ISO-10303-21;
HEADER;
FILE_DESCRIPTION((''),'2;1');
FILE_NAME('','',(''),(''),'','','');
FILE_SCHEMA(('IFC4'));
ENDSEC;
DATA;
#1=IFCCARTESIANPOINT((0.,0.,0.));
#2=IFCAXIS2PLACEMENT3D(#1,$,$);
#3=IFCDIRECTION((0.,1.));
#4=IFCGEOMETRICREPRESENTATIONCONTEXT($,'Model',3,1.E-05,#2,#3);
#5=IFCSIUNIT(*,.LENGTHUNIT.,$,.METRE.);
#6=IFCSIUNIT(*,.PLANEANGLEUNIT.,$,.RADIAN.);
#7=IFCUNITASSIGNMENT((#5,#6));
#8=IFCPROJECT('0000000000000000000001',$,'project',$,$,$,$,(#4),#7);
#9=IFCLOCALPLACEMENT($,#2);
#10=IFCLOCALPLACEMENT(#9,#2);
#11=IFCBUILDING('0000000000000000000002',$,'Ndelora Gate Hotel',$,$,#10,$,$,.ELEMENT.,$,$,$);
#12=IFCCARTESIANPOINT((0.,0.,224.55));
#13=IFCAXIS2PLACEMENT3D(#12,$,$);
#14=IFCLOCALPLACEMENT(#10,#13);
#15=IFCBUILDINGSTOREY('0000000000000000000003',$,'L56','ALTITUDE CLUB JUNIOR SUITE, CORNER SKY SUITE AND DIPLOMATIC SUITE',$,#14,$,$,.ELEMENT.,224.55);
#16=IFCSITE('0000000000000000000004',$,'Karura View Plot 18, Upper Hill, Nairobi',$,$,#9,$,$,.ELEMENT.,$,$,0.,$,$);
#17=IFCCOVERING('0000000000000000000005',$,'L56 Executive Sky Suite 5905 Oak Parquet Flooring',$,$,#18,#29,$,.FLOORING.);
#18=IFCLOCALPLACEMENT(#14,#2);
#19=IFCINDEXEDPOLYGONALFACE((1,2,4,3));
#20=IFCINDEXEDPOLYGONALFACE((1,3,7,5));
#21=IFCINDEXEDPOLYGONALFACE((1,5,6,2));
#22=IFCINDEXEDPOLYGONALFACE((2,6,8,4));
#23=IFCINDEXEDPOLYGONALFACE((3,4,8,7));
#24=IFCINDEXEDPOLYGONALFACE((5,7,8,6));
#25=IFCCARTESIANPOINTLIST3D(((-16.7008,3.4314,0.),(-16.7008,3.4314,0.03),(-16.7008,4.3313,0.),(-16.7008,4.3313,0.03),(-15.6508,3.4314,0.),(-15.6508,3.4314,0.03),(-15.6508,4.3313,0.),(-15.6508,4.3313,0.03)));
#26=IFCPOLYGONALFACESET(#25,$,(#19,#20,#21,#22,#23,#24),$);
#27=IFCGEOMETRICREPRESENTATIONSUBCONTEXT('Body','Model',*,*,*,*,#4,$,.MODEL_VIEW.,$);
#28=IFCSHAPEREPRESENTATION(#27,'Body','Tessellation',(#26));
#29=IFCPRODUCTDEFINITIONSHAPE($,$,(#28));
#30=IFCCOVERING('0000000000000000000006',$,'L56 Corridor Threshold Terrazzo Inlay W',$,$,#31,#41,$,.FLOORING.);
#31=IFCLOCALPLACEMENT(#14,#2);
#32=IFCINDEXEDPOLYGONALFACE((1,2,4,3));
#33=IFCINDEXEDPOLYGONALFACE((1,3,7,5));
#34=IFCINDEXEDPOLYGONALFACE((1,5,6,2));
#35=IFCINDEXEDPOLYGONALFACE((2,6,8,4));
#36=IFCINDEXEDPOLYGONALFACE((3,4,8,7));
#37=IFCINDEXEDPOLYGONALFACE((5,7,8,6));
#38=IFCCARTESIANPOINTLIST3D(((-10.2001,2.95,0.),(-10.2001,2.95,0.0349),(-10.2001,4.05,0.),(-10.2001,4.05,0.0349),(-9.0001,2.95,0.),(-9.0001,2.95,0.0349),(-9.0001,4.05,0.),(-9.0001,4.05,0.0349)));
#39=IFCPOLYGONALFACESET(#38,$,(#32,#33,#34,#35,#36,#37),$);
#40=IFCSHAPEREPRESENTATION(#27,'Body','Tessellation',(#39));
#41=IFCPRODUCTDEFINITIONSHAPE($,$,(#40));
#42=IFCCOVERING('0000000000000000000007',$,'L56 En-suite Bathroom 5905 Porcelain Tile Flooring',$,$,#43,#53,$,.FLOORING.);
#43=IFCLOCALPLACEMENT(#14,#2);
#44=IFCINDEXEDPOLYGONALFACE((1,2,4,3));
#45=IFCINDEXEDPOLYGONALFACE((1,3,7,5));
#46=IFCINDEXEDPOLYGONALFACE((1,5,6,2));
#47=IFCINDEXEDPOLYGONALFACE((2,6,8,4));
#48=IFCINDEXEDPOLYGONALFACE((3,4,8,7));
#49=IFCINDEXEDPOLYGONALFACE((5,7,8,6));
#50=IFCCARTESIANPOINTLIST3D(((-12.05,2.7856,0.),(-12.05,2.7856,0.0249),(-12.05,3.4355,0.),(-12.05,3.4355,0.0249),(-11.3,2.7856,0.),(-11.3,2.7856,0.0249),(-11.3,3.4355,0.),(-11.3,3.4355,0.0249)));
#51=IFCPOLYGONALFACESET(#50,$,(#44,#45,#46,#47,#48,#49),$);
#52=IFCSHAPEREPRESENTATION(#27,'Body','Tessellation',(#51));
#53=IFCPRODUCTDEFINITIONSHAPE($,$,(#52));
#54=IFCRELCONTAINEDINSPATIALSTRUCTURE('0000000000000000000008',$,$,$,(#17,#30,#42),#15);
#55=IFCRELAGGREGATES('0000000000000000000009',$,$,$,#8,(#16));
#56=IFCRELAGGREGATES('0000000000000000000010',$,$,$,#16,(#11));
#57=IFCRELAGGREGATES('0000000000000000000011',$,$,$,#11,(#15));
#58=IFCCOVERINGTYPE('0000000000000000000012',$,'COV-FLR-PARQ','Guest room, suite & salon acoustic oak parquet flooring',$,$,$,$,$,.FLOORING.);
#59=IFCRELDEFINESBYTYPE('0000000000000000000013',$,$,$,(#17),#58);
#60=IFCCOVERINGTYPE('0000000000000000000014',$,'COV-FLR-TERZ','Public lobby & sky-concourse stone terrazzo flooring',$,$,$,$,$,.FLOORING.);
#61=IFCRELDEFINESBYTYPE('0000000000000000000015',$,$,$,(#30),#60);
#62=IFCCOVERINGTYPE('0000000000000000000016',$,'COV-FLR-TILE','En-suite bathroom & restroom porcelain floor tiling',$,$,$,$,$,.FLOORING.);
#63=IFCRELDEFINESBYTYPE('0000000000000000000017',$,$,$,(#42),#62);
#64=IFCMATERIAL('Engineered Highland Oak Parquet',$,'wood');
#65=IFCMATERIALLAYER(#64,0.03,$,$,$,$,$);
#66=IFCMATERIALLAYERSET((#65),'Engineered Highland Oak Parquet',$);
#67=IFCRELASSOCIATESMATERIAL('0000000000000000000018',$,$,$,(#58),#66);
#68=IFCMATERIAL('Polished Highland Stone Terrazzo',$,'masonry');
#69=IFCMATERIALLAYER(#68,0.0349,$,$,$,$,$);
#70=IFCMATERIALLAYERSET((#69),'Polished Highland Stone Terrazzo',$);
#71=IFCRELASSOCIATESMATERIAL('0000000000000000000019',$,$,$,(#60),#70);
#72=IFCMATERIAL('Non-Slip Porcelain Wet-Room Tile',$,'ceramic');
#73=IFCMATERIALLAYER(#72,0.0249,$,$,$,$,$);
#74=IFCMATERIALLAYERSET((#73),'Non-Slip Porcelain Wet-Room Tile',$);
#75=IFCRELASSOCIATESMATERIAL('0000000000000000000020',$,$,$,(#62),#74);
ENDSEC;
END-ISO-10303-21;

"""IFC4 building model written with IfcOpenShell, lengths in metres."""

from ifc_helpers import new_model, si_unit, direction, frame, origin, origin_2d, place, context, subcontext, project, spatial, rectangle, extrude, material, layer, layer_set, type_object, element, save


model = new_model("IFC4")

# Units and contexts
model_context = context("Model", 3, precision=1e-05, world=origin(), true_north=direction((0.0, 1.0)))
body_context = subcontext(model_context, "Body", "Model", "MODEL_VIEW")
ifc_project = project(units=[si_unit("LENGTHUNIT", "METRE"), si_unit("PLANEANGLEUNIT", "RADIAN")], contexts=[model_context])

# Site, building, storey
site_placement = place(None, origin())
site = spatial("IfcSite", under=ifc_project, at=site_placement, Name="Karura View Plot 18, Upper Hill, Nairobi", CompositionType="ELEMENT", RefElevation=0.0)
building_placement = place(site_placement, origin())
building = spatial("IfcBuilding", under=site, at=building_placement, Name="Ndelora Gate Hotel", CompositionType="ELEMENT")
storey_placement = place(building_placement, frame((0.0, 0.0, 224.55)))
storey = spatial("IfcBuildingStorey", under=building, at=storey_placement, Name="L56", Description="ALTITUDE CLUB JUNIOR SUITE, CORNER SKY SUITE AND DIPLOMATIC SUITE", CompositionType="ELEMENT", Elevation=224.55)

# Coverings
ifc_material_1 = material(Name="Engineered Highland Oak Parquet", Category="wood")
ifc_layer_1 = layer(ifc_material_1, 0.03)
ifc_layer_set_1 = layer_set([ifc_layer_1], Name="Engineered Highland Oak Parquet")
covering_type_1 = type_object("IfcCoveringType", Name="COV-FLR-PARQ", Description="Guest room, suite & salon acoustic oak parquet flooring", PredefinedType="FLOORING", material=ifc_layer_set_1)
covering_1_placement = place(storey_placement, frame((-16.1758, 3.8813, 0.0), z_axis=(0.0, 0.0, 1.0), x_axis=(1.0, 0.0, 0.0)))
element("IfcCovering", 1, at=covering_1_placement, inside=storey, type_object=covering_type_1, Name="L56 Executive Sky Suite 5905 Oak Parquet Flooring", PredefinedType="FLOORING", context=body_context, shape_type="SweptSolid", body=[
    extrude(rectangle(XDim=1.05, YDim=0.8999, at=origin_2d()), origin(), (0.0, 0.0, 1.0), 0.03),
])
ifc_material_2 = material(Name="Polished Highland Stone Terrazzo", Category="masonry")
ifc_layer_2 = layer(ifc_material_2, 0.0349)
ifc_layer_set_2 = layer_set([ifc_layer_2], Name="Polished Highland Stone Terrazzo")
covering_type_2 = type_object("IfcCoveringType", Name="COV-FLR-TERZ", Description="Public lobby & sky-concourse stone terrazzo flooring", PredefinedType="FLOORING", material=ifc_layer_set_2)
covering_2_placement = place(storey_placement, frame((-9.6001, 3.5, 0.0), z_axis=(0.0, 0.0, 1.0), x_axis=(1.0, 0.0, 0.0)))
element("IfcCovering", 2, at=covering_2_placement, inside=storey, type_object=covering_type_2, Name="L56 Corridor Threshold Terrazzo Inlay W", PredefinedType="FLOORING", context=body_context, shape_type="SweptSolid", body=[
    extrude(rectangle(XDim=1.2, YDim=1.1001, at=origin_2d()), origin(), (0.0, 0.0, 1.0), 0.0349),
])
ifc_material_3 = material(Name="Non-Slip Porcelain Wet-Room Tile", Category="ceramic")
ifc_layer_3 = layer(ifc_material_3, 0.0249)
ifc_layer_set_3 = layer_set([ifc_layer_3], Name="Non-Slip Porcelain Wet-Room Tile")
covering_type_3 = type_object("IfcCoveringType", Name="COV-FLR-TILE", Description="En-suite bathroom & restroom porcelain floor tiling", PredefinedType="FLOORING", material=ifc_layer_set_3)
covering_3_placement = place(storey_placement, frame((-11.675, 3.1106, 0.0), z_axis=(0.0, 0.0, 1.0), x_axis=(1.0, 0.0, 0.0)))
element("IfcCovering", 3, at=covering_3_placement, inside=storey, type_object=covering_type_3, Name="L56 En-suite Bathroom 5905 Porcelain Tile Flooring", PredefinedType="FLOORING", context=body_context, shape_type="SweptSolid", body=[
    extrude(rectangle(XDim=0.75, YDim=0.6499, at=origin_2d()), origin(), (0.0, 0.0, 1.0), 0.0249),
])

save(model, "model.ifc")
